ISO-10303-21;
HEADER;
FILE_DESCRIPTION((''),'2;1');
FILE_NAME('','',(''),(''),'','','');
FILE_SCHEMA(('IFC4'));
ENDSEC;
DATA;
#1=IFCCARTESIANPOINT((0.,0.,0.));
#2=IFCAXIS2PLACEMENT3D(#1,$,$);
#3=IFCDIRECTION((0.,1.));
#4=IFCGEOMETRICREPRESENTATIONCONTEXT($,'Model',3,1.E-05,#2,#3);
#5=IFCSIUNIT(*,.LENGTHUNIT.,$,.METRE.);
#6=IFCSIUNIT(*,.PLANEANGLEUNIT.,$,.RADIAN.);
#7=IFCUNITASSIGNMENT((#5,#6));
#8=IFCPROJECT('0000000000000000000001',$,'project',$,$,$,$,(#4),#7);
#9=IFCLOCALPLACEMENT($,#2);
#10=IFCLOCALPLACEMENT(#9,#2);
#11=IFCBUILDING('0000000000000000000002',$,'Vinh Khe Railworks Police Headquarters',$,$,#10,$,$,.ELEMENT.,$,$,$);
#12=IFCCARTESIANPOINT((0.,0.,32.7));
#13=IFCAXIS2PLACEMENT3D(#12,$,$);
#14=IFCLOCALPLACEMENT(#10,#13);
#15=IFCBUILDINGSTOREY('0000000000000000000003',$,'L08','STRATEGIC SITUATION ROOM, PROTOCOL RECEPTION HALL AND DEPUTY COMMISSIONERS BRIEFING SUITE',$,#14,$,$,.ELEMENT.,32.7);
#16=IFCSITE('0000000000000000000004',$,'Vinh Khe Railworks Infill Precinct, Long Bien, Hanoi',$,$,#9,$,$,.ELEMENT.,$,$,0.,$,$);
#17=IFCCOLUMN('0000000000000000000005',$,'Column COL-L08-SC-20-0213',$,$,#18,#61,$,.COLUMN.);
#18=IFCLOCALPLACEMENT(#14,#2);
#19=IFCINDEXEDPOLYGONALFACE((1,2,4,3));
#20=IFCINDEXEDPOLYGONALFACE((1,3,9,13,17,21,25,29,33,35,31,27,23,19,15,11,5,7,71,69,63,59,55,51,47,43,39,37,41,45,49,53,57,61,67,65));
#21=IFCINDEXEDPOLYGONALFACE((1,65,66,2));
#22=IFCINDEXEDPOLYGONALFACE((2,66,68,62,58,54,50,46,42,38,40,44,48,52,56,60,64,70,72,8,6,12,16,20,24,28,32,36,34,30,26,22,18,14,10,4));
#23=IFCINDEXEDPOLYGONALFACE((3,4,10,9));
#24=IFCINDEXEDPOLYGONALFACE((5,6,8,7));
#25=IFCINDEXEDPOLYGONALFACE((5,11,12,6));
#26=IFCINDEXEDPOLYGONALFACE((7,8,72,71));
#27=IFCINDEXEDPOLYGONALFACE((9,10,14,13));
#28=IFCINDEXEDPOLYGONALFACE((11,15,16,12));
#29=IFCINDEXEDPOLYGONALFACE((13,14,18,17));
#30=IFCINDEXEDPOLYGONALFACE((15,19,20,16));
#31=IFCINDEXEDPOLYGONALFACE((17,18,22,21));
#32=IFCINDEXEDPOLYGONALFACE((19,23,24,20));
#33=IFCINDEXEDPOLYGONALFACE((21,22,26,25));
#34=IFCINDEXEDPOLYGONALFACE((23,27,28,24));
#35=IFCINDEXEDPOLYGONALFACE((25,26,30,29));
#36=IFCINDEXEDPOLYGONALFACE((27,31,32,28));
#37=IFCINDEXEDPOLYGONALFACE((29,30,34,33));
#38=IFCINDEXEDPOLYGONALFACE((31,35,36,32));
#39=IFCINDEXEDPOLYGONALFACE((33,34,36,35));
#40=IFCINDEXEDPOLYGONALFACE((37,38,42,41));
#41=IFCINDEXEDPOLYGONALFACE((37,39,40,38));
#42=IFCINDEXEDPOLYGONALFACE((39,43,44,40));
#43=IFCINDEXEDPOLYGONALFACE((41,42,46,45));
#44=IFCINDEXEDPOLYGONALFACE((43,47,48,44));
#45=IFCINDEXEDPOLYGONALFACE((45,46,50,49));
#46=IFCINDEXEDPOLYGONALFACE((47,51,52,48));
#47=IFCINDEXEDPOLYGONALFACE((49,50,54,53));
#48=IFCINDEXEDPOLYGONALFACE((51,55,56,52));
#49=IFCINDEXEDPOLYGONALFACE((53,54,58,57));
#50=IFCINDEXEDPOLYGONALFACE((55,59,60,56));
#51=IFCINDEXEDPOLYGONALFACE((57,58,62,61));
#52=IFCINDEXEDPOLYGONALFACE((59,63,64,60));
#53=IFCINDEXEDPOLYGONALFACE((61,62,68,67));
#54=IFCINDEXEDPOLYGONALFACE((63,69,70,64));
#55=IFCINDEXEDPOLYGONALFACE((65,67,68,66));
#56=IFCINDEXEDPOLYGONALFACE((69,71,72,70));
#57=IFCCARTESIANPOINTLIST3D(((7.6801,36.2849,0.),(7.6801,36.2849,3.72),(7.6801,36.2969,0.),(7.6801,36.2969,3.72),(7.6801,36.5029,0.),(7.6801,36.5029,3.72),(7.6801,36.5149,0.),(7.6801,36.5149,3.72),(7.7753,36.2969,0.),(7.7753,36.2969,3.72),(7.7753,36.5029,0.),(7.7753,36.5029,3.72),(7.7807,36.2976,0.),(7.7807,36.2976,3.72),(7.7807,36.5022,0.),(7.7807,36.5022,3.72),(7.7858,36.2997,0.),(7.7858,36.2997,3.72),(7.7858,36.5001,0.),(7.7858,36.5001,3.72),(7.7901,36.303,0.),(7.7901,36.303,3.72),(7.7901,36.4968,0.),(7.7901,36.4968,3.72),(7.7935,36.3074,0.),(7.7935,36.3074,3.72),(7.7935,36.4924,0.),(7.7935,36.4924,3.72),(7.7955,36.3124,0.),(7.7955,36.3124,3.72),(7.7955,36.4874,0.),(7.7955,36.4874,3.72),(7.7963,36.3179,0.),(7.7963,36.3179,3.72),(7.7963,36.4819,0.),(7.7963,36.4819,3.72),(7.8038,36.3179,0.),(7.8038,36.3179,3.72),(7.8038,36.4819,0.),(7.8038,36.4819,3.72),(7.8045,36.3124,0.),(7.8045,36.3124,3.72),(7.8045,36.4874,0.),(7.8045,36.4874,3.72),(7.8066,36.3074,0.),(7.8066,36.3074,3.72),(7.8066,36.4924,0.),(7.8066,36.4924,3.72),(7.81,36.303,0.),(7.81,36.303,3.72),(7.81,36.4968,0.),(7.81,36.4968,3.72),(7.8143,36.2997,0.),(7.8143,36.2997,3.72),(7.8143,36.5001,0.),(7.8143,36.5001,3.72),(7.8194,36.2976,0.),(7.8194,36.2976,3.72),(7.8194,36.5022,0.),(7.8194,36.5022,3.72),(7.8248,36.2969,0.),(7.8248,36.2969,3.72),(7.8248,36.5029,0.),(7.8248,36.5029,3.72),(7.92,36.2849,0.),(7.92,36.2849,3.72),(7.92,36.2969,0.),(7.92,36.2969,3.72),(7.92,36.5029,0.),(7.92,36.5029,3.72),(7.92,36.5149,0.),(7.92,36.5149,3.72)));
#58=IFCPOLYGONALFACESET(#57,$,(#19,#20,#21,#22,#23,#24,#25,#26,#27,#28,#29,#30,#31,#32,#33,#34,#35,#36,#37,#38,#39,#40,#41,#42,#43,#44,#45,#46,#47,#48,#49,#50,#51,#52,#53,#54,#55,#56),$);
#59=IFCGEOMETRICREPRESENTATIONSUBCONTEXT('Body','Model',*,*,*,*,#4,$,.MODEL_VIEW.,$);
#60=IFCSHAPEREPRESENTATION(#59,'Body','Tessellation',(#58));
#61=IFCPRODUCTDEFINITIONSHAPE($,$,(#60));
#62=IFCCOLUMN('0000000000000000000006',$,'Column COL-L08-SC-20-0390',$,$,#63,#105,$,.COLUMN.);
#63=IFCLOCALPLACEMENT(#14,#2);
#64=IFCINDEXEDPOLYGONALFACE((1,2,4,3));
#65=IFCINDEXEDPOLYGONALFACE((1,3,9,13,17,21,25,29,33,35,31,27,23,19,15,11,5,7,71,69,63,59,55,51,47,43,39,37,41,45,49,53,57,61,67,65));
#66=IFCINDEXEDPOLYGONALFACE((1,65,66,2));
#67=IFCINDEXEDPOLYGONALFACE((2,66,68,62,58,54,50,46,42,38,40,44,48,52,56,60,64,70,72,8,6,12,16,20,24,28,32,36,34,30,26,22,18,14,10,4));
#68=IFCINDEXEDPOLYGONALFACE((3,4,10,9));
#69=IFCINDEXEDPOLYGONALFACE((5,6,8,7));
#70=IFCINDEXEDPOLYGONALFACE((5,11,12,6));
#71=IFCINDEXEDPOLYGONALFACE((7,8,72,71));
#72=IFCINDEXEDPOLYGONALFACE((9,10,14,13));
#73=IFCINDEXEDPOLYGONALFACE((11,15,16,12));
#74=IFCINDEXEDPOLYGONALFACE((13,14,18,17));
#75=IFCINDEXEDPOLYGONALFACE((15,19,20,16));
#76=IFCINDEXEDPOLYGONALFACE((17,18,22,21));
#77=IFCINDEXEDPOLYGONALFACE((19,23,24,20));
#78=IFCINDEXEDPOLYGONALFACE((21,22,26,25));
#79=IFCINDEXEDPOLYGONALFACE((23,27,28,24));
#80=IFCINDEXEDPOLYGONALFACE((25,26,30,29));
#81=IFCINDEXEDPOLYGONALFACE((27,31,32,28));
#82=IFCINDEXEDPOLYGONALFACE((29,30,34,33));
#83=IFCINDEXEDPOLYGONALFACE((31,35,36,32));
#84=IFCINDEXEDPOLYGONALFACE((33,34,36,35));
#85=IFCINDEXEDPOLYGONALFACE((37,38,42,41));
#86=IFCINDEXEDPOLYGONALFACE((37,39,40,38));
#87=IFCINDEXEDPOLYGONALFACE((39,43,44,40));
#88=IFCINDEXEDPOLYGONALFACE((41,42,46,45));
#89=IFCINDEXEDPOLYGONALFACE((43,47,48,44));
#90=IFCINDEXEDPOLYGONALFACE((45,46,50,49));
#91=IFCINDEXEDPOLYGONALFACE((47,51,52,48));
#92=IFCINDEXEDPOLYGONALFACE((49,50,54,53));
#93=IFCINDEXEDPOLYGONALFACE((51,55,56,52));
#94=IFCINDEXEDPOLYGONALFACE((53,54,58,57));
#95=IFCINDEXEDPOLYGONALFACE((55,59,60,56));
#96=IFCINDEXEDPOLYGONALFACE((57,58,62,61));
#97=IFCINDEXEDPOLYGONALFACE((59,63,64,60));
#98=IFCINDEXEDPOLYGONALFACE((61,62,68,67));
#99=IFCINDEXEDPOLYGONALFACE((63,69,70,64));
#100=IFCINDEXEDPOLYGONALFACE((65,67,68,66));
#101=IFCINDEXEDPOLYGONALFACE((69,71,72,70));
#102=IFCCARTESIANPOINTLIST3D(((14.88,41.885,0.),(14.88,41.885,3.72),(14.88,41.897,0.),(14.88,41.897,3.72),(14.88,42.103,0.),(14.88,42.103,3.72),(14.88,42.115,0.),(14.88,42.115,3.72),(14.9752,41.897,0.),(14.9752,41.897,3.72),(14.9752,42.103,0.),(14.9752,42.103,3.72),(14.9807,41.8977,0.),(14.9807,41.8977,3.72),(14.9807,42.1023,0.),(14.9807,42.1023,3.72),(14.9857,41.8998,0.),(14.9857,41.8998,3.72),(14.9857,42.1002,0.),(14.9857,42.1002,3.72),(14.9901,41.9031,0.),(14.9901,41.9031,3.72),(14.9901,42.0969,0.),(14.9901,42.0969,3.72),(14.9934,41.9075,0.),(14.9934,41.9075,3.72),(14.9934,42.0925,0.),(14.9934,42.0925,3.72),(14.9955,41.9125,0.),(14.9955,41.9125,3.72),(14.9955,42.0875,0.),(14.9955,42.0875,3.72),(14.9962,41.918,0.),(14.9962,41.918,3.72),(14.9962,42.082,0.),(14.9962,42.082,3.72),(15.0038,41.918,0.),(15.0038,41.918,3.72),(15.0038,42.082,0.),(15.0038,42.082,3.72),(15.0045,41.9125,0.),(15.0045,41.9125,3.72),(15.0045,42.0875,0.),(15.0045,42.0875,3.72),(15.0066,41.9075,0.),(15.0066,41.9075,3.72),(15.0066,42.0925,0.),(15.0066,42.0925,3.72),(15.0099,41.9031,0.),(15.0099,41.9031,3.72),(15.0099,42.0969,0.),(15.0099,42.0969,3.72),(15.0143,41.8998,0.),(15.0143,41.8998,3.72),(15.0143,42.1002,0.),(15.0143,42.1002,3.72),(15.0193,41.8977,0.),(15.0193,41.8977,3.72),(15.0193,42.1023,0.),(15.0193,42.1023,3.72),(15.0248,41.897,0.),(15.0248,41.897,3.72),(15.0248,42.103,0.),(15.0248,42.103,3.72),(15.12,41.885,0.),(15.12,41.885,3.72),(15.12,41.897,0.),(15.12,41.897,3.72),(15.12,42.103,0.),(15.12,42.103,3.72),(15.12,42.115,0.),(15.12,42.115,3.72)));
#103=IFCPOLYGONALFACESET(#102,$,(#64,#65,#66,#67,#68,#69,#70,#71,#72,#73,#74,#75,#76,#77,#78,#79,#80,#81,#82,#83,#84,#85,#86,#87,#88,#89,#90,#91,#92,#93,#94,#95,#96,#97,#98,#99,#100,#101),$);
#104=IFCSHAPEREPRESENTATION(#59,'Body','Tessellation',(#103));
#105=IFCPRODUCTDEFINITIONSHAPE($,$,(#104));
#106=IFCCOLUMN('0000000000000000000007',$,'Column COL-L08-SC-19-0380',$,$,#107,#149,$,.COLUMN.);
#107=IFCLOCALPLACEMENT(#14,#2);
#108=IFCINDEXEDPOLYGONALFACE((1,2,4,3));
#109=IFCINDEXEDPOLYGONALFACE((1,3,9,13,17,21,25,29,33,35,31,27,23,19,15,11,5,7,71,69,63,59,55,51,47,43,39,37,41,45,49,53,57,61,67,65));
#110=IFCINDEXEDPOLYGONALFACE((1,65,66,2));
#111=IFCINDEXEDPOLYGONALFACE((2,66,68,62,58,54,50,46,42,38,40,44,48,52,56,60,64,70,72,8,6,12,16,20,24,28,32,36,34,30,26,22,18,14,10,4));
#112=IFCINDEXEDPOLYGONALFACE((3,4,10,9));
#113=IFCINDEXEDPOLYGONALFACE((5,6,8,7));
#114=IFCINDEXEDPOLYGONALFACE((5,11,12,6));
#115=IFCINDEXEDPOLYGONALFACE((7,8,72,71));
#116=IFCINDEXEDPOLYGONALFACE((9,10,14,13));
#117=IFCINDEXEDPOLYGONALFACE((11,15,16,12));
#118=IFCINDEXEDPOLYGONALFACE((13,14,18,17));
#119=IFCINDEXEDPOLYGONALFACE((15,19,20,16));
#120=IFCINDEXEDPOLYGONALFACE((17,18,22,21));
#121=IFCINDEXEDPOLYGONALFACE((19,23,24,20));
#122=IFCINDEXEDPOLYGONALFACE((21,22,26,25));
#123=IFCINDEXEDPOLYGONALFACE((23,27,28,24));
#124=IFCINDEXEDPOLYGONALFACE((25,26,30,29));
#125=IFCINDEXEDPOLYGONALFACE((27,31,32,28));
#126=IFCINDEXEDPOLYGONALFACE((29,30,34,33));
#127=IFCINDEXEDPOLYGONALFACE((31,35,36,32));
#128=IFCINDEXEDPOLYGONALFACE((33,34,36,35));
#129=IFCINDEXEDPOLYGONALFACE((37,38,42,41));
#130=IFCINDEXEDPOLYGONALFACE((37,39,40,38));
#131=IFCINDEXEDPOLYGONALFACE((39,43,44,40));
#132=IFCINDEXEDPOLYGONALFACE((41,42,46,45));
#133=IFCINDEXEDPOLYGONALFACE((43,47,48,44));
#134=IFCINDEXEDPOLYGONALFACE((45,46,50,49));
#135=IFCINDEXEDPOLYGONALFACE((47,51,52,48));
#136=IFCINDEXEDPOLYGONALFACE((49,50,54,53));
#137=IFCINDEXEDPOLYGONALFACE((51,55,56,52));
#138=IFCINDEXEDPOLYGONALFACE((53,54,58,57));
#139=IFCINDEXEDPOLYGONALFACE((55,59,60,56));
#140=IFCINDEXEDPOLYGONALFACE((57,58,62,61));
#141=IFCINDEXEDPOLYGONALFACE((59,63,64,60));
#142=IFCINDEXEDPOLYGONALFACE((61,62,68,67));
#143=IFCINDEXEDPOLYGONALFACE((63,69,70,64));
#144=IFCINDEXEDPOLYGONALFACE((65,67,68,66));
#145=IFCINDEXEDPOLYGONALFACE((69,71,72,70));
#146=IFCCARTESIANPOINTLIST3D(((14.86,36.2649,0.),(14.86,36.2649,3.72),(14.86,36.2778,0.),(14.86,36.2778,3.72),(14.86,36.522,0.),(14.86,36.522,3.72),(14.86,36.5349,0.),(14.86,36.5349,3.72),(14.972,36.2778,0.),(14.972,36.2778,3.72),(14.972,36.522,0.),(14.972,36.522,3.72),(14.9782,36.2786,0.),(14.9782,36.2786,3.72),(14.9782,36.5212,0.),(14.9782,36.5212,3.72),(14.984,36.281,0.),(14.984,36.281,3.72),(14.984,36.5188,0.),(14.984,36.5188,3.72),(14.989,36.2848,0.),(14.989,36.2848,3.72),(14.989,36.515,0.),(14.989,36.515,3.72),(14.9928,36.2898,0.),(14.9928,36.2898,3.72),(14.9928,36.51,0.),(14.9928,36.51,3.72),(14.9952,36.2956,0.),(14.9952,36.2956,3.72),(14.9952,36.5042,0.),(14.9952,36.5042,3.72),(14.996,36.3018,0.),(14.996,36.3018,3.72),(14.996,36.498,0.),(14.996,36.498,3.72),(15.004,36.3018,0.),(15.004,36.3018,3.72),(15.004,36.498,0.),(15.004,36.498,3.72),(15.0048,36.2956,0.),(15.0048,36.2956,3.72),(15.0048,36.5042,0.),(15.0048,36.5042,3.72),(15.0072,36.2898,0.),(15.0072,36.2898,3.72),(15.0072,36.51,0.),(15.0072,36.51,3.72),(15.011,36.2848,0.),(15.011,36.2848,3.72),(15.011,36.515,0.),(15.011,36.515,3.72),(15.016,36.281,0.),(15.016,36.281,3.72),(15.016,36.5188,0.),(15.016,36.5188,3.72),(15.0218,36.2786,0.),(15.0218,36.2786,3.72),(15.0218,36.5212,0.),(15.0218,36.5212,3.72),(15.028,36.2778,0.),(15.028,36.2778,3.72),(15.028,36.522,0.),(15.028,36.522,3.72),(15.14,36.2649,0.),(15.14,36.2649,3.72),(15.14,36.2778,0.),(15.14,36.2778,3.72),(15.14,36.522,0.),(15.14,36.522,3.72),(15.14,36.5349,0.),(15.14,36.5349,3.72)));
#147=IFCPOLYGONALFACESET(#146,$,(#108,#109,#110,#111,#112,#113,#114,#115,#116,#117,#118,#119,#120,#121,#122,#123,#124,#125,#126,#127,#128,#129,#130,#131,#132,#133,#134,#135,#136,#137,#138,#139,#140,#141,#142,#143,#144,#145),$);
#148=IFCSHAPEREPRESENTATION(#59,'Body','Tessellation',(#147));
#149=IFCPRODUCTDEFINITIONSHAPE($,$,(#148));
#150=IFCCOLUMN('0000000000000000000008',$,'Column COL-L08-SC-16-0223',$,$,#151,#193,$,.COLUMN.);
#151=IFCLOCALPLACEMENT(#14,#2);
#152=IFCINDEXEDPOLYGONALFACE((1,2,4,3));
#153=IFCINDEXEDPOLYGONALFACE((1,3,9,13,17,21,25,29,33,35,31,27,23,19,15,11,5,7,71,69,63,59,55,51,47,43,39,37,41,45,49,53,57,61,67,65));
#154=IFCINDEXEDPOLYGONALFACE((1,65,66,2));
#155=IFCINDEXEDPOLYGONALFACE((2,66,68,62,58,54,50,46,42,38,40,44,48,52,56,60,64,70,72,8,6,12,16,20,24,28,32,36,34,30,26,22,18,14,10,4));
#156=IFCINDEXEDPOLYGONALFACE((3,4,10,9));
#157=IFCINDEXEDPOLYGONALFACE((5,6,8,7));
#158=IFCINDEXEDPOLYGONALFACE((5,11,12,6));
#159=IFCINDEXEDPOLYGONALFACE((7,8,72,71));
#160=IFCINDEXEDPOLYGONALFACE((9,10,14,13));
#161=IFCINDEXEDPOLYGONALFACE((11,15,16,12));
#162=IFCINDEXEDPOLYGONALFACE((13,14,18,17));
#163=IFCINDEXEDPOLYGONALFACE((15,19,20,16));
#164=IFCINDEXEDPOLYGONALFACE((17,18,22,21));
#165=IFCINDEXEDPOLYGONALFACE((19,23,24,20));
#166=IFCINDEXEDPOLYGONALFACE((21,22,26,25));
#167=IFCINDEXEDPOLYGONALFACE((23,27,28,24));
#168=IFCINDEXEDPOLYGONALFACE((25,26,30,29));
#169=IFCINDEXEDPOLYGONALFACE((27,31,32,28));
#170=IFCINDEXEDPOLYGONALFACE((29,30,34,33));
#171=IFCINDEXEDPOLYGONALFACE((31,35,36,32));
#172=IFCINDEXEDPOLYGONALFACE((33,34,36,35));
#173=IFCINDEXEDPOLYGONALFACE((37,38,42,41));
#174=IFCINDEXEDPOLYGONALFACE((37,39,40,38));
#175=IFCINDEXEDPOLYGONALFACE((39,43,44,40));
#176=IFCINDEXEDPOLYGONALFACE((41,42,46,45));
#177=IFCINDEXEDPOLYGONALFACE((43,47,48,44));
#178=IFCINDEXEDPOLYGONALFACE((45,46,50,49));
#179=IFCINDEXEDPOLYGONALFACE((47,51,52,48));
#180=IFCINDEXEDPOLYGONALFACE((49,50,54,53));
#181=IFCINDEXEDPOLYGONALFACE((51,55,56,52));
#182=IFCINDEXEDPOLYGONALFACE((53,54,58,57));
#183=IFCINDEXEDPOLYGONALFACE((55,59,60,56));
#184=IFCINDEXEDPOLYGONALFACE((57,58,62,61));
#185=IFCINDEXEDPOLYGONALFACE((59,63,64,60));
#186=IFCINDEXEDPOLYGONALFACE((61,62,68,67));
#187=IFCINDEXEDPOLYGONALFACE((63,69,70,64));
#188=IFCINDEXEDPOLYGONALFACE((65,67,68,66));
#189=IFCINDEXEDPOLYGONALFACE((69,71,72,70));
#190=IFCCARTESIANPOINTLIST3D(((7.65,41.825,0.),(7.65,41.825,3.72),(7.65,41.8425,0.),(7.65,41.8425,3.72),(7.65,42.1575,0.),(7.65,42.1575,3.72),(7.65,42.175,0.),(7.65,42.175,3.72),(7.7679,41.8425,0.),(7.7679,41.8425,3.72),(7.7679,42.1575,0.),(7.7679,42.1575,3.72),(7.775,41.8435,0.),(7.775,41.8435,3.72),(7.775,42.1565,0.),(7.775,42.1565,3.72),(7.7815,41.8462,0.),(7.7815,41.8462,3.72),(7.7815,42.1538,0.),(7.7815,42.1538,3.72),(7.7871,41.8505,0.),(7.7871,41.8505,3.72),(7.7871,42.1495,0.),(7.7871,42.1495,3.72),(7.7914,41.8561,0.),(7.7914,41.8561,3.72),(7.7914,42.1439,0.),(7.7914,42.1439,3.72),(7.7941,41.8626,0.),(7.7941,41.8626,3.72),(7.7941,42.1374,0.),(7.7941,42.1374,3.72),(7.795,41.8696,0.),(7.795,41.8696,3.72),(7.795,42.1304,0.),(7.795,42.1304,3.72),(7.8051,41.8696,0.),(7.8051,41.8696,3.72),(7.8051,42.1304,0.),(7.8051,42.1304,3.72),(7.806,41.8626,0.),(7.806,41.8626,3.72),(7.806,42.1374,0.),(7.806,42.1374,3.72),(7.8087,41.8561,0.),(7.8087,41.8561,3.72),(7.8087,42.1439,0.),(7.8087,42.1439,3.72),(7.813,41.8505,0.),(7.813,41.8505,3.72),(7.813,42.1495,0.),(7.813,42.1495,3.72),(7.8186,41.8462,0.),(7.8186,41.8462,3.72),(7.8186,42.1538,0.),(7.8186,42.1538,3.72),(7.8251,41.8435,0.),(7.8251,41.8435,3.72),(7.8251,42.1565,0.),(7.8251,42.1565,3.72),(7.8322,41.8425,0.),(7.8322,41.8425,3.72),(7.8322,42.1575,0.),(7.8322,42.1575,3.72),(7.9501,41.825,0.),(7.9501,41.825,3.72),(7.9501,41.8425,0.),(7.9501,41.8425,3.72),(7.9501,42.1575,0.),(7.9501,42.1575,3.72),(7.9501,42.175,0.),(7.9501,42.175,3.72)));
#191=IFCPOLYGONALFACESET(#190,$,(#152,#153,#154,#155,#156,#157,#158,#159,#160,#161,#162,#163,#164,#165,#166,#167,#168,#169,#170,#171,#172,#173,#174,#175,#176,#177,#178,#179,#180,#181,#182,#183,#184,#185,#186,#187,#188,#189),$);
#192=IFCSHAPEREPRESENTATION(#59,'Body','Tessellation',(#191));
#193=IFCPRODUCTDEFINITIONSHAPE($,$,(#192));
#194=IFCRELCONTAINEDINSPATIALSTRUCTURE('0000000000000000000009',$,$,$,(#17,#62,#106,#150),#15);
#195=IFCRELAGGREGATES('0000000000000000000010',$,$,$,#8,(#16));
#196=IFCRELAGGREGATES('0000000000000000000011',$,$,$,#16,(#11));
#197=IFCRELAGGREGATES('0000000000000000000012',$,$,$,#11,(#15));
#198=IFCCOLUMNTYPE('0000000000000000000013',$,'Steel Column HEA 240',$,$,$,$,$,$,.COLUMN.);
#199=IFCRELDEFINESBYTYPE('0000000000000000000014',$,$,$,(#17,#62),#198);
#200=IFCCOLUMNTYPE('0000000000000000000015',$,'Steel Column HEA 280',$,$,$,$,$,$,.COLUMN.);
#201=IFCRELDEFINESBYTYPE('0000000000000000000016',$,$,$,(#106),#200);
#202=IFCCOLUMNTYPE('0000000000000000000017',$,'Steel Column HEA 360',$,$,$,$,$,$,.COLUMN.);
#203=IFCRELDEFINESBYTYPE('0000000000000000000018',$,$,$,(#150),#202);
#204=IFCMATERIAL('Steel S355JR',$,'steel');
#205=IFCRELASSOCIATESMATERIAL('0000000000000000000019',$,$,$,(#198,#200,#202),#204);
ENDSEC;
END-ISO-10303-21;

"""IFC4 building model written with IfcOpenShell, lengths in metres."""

from ifc_helpers import new_model, si_unit, direction, frame, origin, origin_2d, place, context, subcontext, project, spatial, i_section, extrude, material, material_profile, profile_set, type_object, element, save


model = new_model("IFC4")

# Units and contexts
model_context = context("Model", 3, precision=1e-05, world=origin(), true_north=direction((0.0, 1.0)))
body_context = subcontext(model_context, "Body", "Model", "MODEL_VIEW")
ifc_project = project(units=[si_unit("LENGTHUNIT", "METRE"), si_unit("PLANEANGLEUNIT", "RADIAN")], contexts=[model_context])

# Site, building, storey
site_placement = place(None, origin())
site = spatial("IfcSite", under=ifc_project, at=site_placement, Name="Vinh Khe Railworks Infill Precinct, Long Bien, Hanoi", CompositionType="ELEMENT", RefElevation=0.0)
building_placement = place(site_placement, origin())
building = spatial("IfcBuilding", under=site, at=building_placement, Name="Vinh Khe Railworks Police Headquarters", CompositionType="ELEMENT")
storey_placement = place(building_placement, frame((0.0, 0.0, 32.7)))
storey = spatial("IfcBuildingStorey", under=building, at=storey_placement, Name="L08", Description="STRATEGIC SITUATION ROOM, PROTOCOL RECEPTION HALL AND DEPUTY COMMISSIONERS BRIEFING SUITE", CompositionType="ELEMENT", Elevation=32.7)

# Columns
ifc_material_1 = material(Name="Steel S355JR", Category="steel")
ifc_material_profile_1 = material_profile(ifc_material_1, i_section(OverallWidth=0.24, OverallDepth=0.23, WebThickness=0.0076, FlangeThickness=0.012, FilletRadius=0.021, at=origin_2d()), Name="HEA 240")
ifc_profile_set_1 = profile_set([ifc_material_profile_1], Name="Steel S355JR")
column_type_1 = type_object("IfcColumnType", Name="Steel Column HEA 240", PredefinedType="COLUMN", material=ifc_profile_set_1)
for number, where, z_axis, x_axis, name in (
    (1, (7.8, 36.3999, 0.0), (0.0, 0.0, 1.0), (1.0, 0.0, 0.0), "Column COL-L08-SC-20-0213"),
    (2, (15.0, 42.0, 0.0), (0.0, 0.0, 1.0), (1.0, 0.0, 0.0), "Column COL-L08-SC-20-0390"),
):
    element("IfcColumn", number, at=place(storey_placement, frame(where, z_axis=z_axis, x_axis=x_axis)), inside=storey, type_object=column_type_1, Name=name, PredefinedType="COLUMN", context=body_context, shape_type="SweptSolid", body=[
        extrude(i_section(OverallWidth=0.24, OverallDepth=0.23, WebThickness=0.0076, FlangeThickness=0.012, FilletRadius=0.021, at=origin_2d()), origin(), (0.0, 0.0, 1.0), 3.72),
    ])
ifc_material_profile_2 = material_profile(ifc_material_1, i_section(OverallWidth=0.28, OverallDepth=0.27, WebThickness=0.0081, FlangeThickness=0.0129, FilletRadius=0.0239, at=origin_2d()), Name="HEA 280")
ifc_profile_set_2 = profile_set([ifc_material_profile_2], Name="Steel S355JR")
column_type_2 = type_object("IfcColumnType", Name="Steel Column HEA 280", PredefinedType="COLUMN", material=ifc_profile_set_2)
column_1_placement = place(storey_placement, frame((15.0, 36.3999, 0.0), z_axis=(0.0, 0.0, 1.0), x_axis=(1.0, 0.0, 0.0)))
element("IfcColumn", 3, at=column_1_placement, inside=storey, type_object=column_type_2, Name="Column COL-L08-SC-19-0380", PredefinedType="COLUMN", context=body_context, shape_type="SweptSolid", body=[
    extrude(i_section(OverallWidth=0.28, OverallDepth=0.27, WebThickness=0.0081, FlangeThickness=0.0129, FilletRadius=0.0239, at=origin_2d()), origin(), (0.0, 0.0, 1.0), 3.72),
])
ifc_material_profile_3 = material_profile(ifc_material_1, i_section(OverallWidth=0.3, OverallDepth=0.3501, WebThickness=0.01, FlangeThickness=0.0176, FilletRadius=0.0271, at=origin_2d()), Name="HEA 360")
ifc_profile_set_3 = profile_set([ifc_material_profile_3], Name="Steel S355JR")
column_type_3 = type_object("IfcColumnType", Name="Steel Column HEA 360", PredefinedType="COLUMN", material=ifc_profile_set_3)
column_2_placement = place(storey_placement, frame((7.8, 42.0, 0.0), z_axis=(0.0, 0.0, 1.0), x_axis=(1.0, 0.0, 0.0)))
element("IfcColumn", 4, at=column_2_placement, inside=storey, type_object=column_type_3, Name="Column COL-L08-SC-16-0223", PredefinedType="COLUMN", context=body_context, shape_type="SweptSolid", body=[
    extrude(i_section(OverallWidth=0.3, OverallDepth=0.3501, WebThickness=0.01, FlangeThickness=0.0176, FilletRadius=0.0271, at=origin_2d()), origin(), (0.0, 0.0, 1.0), 3.72),
])

save(model, "model.ifc")
